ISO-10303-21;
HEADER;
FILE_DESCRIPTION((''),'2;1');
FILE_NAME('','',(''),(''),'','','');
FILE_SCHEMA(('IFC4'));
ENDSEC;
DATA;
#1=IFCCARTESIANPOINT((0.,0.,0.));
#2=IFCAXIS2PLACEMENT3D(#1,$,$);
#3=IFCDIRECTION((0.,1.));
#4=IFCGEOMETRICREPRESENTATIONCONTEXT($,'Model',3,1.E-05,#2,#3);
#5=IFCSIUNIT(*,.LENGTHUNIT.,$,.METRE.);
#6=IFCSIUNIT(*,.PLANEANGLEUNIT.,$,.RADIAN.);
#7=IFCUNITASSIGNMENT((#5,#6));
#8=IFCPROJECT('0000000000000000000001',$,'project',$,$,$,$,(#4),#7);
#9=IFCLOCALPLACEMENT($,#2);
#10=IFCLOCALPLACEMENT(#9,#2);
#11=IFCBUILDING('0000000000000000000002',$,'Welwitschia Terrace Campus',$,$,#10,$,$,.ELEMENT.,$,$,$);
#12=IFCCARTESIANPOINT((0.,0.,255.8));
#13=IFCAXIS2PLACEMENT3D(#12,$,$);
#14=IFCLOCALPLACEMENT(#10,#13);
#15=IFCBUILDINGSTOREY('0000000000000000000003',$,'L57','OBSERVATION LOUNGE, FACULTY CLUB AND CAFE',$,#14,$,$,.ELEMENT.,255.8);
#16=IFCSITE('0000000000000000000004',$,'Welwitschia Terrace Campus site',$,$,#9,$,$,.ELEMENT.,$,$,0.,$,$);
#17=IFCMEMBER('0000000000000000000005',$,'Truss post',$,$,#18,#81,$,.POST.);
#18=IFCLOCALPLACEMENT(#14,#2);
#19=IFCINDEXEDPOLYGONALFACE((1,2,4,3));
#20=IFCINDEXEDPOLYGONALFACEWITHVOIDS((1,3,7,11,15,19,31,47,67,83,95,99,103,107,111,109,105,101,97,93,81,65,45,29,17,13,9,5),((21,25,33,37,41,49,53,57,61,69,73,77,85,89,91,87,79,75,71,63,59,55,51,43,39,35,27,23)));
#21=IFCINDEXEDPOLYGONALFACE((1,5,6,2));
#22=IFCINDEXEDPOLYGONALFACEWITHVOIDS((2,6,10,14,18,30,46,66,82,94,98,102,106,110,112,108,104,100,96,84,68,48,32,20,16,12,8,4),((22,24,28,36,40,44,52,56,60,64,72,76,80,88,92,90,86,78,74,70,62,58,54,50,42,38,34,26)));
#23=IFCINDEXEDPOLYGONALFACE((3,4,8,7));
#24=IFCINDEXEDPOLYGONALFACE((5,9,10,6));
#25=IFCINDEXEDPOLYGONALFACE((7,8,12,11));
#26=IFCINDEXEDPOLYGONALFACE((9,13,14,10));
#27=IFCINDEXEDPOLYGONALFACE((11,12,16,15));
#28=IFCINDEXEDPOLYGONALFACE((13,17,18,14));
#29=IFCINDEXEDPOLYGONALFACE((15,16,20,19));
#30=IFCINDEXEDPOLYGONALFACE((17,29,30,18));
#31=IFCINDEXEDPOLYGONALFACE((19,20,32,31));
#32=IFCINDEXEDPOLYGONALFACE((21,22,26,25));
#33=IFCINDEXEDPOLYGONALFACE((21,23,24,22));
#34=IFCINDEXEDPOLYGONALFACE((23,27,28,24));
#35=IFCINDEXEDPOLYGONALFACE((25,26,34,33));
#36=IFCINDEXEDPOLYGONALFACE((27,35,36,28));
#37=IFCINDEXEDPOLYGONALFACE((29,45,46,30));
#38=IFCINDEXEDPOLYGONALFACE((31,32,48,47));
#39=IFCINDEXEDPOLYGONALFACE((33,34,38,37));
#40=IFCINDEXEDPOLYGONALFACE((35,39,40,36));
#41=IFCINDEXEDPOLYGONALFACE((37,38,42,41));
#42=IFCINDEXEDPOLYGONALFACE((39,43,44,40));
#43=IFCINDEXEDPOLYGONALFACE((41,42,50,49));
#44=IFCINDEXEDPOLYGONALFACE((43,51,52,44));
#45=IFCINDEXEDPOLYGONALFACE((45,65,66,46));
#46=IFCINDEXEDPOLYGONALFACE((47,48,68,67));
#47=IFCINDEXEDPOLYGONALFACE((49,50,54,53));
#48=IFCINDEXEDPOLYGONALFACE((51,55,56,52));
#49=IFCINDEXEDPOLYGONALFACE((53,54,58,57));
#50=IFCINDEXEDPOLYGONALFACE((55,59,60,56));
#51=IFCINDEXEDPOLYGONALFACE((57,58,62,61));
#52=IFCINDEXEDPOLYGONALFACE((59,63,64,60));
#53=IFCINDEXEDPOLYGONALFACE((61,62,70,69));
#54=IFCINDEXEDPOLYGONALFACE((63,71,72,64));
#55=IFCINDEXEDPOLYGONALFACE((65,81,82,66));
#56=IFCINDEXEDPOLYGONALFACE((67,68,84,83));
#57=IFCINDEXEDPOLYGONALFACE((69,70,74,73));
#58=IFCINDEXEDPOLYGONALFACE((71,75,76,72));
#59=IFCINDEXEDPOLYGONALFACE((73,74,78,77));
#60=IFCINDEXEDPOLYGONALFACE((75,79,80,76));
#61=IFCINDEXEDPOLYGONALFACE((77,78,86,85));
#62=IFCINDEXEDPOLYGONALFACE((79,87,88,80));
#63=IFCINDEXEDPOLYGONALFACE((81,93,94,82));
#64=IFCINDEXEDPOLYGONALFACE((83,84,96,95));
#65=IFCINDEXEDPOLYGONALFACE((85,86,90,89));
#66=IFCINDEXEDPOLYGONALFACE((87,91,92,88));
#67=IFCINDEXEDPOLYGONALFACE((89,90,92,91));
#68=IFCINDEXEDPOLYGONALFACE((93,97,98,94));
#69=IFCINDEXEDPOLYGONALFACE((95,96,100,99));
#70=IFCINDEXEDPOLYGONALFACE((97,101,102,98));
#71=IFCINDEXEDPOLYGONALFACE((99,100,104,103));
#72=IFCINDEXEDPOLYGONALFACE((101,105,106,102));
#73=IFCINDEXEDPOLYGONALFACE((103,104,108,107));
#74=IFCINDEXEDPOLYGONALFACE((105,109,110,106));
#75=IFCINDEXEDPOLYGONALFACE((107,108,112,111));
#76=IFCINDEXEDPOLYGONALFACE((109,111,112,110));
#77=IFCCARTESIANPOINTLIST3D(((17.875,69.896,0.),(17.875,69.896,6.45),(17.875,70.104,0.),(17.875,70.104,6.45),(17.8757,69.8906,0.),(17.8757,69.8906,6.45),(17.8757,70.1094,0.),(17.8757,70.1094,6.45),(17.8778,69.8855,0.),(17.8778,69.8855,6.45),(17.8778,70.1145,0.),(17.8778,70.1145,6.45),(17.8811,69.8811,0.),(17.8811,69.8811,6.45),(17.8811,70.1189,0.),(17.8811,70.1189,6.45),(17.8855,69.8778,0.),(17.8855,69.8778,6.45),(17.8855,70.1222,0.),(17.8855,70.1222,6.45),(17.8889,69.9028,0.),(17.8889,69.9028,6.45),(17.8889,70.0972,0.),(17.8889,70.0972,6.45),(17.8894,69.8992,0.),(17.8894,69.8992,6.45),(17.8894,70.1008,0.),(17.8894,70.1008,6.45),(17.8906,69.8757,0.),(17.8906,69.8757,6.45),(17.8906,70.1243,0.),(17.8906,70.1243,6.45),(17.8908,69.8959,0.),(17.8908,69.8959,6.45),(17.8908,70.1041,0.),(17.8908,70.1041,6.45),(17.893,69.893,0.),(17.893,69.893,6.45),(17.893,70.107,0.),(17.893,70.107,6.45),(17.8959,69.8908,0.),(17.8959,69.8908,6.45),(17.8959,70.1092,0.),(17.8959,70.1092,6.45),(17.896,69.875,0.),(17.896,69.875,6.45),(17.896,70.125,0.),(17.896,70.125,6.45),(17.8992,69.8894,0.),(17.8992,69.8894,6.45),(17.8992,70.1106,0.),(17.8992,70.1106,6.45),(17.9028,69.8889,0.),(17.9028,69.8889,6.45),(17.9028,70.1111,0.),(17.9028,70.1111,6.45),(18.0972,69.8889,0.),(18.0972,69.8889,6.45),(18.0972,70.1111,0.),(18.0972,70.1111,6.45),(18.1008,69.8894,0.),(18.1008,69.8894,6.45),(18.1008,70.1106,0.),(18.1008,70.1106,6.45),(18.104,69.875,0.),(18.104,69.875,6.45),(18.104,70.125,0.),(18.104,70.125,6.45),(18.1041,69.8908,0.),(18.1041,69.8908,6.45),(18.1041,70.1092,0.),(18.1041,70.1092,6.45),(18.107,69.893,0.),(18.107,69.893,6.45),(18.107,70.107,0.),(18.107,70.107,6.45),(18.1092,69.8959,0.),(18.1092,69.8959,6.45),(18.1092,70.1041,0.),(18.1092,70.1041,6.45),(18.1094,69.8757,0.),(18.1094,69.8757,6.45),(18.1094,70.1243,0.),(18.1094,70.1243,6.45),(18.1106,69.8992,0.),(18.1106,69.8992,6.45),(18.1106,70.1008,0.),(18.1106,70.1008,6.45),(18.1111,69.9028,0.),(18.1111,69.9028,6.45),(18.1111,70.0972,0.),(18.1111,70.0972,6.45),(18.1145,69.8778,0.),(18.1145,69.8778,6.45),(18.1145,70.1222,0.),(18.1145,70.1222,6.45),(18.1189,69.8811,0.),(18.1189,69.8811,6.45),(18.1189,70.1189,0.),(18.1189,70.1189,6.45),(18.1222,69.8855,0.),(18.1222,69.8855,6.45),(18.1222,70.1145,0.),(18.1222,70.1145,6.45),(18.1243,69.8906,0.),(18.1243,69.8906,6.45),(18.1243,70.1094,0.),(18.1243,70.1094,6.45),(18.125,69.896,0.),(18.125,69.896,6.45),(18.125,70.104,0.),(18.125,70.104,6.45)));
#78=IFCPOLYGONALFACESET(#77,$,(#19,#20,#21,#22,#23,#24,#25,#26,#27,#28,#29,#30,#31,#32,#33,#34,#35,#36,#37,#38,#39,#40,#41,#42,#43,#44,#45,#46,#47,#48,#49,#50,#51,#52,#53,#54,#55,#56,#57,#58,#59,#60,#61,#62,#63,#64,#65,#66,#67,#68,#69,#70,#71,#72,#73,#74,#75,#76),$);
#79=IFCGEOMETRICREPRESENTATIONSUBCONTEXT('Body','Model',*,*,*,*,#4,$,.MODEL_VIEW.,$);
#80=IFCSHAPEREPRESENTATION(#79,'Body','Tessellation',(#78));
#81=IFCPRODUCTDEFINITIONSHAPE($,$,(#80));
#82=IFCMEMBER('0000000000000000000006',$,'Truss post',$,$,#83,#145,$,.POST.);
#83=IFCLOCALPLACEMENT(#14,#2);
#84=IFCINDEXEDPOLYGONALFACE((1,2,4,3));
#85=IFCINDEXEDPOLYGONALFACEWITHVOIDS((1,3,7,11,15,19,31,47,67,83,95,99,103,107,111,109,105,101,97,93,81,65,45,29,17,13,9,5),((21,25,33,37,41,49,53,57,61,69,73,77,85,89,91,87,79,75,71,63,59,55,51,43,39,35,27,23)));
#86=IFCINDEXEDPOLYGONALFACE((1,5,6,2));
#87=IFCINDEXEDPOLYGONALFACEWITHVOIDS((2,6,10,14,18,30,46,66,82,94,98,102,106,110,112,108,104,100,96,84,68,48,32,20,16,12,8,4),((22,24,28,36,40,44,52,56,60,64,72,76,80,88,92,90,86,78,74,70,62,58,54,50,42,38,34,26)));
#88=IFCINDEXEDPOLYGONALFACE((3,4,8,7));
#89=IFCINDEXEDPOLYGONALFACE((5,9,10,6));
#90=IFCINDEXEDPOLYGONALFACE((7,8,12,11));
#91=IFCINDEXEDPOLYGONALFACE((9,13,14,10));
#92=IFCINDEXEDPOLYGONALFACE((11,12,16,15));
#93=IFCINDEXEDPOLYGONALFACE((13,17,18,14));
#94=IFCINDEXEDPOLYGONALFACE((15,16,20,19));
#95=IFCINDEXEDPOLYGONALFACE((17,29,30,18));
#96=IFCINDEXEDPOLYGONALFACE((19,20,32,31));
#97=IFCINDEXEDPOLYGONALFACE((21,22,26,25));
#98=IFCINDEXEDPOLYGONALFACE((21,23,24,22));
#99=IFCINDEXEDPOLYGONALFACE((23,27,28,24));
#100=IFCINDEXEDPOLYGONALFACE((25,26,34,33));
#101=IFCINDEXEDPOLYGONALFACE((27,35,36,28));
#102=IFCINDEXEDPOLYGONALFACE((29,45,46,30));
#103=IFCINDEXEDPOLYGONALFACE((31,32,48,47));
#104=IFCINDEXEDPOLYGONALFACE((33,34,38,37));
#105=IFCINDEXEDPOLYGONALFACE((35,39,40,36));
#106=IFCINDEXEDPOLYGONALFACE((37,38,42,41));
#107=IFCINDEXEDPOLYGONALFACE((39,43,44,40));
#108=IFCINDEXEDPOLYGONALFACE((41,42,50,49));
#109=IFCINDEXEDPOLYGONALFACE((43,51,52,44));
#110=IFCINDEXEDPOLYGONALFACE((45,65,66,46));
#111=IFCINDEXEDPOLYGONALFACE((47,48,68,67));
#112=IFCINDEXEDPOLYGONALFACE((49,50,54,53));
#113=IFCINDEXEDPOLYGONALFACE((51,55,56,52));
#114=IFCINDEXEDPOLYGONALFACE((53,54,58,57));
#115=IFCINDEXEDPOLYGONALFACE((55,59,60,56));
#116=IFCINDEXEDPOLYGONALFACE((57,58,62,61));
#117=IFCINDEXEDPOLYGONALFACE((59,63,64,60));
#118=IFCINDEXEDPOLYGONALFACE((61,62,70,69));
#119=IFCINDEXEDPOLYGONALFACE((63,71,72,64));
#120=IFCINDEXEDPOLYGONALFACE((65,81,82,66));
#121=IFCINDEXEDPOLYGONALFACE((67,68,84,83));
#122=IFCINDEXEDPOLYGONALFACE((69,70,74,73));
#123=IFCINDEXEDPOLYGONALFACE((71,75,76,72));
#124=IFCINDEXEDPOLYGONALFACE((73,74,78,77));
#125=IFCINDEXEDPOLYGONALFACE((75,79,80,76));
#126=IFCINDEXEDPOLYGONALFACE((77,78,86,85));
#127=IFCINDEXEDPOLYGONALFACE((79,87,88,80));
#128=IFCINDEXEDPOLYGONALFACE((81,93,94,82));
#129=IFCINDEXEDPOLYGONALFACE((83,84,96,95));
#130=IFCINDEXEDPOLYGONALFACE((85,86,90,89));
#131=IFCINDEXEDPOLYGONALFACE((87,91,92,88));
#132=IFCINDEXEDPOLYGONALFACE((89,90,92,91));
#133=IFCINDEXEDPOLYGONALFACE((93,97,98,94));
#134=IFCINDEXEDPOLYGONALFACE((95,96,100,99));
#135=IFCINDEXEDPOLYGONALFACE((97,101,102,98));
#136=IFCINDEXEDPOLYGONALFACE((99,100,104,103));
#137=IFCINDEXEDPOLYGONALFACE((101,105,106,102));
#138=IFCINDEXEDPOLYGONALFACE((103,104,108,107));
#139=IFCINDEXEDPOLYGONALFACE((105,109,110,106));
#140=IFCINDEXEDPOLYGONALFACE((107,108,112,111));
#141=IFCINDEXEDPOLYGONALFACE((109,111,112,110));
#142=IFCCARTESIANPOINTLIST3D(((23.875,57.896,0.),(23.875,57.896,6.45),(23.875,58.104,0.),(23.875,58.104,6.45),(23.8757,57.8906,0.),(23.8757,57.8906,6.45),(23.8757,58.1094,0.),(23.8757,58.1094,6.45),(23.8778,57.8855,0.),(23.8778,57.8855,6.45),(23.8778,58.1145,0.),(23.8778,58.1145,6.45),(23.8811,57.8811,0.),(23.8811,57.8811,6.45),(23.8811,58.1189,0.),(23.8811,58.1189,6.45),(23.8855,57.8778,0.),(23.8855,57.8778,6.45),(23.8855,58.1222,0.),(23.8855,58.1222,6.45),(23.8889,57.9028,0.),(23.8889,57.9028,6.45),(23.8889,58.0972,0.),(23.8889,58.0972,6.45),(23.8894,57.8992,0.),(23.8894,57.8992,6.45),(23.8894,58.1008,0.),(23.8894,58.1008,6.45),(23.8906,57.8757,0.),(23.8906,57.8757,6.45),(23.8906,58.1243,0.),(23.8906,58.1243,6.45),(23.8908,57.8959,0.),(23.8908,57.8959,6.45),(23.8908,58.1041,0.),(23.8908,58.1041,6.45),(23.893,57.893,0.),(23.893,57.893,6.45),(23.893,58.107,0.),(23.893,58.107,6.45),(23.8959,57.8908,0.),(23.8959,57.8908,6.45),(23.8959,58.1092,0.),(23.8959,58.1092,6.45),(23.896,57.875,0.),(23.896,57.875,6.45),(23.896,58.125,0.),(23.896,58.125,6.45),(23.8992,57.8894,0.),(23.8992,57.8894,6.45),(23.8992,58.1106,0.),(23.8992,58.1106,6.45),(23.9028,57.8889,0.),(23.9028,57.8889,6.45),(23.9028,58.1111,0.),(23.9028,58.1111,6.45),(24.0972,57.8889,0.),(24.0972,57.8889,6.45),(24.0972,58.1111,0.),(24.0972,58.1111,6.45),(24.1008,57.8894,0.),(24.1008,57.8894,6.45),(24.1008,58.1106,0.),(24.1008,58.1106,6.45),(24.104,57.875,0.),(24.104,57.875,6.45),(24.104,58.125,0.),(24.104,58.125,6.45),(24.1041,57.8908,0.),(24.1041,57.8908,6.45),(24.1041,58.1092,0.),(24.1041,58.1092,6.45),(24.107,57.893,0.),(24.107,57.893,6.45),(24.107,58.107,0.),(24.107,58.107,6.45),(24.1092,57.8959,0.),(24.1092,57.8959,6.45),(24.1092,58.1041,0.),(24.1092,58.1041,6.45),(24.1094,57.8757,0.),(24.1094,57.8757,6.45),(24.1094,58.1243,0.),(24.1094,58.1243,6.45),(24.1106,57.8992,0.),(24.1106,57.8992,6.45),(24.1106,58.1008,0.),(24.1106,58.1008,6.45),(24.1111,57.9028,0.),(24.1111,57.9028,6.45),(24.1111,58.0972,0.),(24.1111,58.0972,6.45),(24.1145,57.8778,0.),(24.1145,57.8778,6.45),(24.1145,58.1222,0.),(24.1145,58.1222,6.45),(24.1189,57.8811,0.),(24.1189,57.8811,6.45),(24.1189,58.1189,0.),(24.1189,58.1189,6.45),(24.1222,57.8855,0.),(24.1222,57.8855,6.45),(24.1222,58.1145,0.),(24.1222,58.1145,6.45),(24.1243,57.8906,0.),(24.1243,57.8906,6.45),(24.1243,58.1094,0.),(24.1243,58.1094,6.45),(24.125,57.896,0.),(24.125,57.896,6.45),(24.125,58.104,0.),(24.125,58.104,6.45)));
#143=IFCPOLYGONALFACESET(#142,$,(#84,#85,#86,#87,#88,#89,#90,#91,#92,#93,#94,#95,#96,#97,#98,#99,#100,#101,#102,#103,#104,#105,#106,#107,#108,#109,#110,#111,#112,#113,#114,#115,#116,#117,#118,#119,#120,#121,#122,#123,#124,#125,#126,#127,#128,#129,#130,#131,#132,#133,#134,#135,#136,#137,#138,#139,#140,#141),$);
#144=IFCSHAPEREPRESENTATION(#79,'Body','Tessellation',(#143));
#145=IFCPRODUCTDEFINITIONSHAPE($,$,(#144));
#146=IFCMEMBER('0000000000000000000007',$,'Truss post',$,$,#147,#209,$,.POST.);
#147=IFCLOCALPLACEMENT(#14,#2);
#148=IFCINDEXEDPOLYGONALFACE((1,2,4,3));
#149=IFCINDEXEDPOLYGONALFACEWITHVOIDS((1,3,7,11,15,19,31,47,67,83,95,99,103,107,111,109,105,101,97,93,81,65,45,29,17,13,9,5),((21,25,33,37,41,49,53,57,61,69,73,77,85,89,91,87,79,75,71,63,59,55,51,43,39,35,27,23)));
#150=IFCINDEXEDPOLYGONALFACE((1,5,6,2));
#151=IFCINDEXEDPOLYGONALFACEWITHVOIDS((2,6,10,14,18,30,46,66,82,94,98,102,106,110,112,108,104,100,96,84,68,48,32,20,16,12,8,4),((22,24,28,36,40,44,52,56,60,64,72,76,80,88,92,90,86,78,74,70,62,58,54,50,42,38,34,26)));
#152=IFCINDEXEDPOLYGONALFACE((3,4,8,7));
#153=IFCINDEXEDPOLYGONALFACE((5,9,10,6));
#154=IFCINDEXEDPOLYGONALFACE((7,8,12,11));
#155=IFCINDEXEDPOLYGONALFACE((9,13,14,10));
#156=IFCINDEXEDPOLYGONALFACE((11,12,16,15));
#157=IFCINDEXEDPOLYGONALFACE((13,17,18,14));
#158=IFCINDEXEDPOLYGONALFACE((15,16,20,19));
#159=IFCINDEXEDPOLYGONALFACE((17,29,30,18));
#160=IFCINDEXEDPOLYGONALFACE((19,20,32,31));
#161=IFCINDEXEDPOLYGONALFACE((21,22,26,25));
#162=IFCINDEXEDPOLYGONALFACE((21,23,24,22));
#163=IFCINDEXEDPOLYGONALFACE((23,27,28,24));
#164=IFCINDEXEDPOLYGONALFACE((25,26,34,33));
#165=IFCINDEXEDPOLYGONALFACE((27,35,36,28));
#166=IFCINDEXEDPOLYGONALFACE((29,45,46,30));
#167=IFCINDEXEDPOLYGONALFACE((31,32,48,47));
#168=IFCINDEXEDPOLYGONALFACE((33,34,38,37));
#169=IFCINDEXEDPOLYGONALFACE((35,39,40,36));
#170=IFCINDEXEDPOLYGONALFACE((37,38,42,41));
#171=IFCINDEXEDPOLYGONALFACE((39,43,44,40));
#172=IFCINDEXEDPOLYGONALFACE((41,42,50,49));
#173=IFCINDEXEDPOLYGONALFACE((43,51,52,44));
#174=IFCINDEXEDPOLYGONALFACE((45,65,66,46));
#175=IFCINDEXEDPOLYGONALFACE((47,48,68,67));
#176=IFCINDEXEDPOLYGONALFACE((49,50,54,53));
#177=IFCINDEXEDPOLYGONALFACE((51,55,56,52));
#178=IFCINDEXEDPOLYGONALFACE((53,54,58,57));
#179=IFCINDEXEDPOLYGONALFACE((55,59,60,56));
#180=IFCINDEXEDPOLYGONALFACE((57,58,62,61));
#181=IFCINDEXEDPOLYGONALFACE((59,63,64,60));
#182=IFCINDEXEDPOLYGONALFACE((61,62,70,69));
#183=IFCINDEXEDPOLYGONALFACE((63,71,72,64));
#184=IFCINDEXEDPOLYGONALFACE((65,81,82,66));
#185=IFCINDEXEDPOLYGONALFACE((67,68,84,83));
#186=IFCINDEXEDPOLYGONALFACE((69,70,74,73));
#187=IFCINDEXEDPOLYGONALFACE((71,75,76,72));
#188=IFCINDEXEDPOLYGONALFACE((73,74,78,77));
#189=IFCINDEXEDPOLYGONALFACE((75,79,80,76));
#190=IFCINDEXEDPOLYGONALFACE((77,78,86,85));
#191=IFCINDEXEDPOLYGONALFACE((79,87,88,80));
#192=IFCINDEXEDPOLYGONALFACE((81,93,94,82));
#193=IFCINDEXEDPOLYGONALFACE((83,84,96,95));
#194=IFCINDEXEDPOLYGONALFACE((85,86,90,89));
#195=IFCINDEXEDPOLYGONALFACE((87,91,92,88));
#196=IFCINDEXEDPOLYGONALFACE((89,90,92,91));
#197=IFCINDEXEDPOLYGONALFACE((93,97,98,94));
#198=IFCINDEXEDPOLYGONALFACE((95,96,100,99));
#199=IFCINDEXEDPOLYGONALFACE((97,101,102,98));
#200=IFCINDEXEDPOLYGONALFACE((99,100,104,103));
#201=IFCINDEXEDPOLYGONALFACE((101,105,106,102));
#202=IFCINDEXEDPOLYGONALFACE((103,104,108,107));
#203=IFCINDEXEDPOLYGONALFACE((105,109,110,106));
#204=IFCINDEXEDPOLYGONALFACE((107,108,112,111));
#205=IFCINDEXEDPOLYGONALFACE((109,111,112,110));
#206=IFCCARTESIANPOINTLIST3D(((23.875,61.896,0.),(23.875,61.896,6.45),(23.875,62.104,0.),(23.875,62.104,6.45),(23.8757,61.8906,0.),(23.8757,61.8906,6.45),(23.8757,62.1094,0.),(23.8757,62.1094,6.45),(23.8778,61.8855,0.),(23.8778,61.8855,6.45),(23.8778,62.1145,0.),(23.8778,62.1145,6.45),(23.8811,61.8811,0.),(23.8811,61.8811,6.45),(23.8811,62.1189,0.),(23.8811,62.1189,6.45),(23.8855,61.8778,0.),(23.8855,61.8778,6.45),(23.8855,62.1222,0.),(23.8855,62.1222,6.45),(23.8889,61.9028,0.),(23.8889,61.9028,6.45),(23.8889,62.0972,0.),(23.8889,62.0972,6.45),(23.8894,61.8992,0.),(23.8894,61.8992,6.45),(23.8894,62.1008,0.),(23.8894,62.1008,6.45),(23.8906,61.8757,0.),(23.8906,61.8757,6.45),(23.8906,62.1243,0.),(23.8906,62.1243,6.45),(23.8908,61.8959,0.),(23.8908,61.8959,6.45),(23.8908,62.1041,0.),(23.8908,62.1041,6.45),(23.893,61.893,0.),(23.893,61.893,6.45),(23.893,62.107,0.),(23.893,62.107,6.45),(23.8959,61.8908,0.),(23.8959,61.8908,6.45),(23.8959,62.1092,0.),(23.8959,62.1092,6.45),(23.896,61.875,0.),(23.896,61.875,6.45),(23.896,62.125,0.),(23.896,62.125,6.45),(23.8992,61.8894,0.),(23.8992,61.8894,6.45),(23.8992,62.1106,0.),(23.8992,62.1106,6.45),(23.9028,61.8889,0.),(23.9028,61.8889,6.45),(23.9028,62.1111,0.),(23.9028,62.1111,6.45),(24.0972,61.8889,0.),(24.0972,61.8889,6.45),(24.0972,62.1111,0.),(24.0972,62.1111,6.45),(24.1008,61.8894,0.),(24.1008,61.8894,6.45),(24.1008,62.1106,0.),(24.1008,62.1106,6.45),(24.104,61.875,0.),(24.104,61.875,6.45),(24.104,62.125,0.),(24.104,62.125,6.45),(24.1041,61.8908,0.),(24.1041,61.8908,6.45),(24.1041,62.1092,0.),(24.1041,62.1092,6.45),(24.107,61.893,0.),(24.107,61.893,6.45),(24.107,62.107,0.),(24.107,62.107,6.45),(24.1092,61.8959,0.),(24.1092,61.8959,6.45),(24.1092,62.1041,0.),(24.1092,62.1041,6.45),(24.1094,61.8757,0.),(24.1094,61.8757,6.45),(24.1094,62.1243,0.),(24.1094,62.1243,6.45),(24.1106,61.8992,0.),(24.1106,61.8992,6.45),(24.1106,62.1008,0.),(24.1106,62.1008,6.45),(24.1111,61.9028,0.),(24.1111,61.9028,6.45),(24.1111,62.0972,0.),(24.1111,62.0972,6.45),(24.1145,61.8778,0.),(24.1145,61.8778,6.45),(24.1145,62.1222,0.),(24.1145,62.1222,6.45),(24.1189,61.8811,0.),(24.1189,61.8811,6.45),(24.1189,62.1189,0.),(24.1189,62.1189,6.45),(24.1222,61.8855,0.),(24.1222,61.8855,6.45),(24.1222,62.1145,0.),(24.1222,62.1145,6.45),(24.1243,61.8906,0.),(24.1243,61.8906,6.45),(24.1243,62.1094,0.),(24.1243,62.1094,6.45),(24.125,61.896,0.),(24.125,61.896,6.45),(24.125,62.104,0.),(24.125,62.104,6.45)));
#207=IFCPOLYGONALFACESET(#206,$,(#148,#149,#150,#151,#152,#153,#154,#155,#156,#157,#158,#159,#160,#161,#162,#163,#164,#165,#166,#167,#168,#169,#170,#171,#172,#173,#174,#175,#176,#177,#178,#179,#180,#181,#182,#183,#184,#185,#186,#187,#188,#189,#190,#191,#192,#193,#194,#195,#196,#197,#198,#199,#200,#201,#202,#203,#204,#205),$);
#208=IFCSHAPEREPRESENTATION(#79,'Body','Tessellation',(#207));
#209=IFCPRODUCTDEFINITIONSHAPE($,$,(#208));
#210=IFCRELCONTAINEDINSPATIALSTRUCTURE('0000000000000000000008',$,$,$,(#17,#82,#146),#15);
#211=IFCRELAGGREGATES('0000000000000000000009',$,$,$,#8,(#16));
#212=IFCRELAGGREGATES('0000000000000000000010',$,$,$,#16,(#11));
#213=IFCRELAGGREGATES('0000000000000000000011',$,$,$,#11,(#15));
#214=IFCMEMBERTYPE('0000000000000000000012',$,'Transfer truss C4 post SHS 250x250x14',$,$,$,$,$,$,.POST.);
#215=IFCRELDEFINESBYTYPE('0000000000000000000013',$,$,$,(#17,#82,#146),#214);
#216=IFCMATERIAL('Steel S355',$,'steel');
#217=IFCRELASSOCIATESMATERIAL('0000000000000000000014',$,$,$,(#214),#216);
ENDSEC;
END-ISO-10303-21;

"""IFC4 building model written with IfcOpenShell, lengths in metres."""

from ifc_helpers import new_model, si_unit, direction, frame, origin, origin_2d, place, context, subcontext, project, spatial, hollow_rectangle, extrude, material, material_profile, profile_set, type_object, element, save


model = new_model("IFC4")

# Units and contexts
model_context = context("Model", 3, precision=1e-05, world=origin(), true_north=direction((0.0, 1.0)))
body_context = subcontext(model_context, "Body", "Model", "MODEL_VIEW")
ifc_project = project(units=[si_unit("LENGTHUNIT", "METRE"), si_unit("PLANEANGLEUNIT", "RADIAN")], contexts=[model_context])

# Site, building, storey
site_placement = place(None, origin())
site = spatial("IfcSite", under=ifc_project, at=site_placement, Name="Welwitschia Terrace Campus site", CompositionType="ELEMENT", RefElevation=0.0)
building_placement = place(site_placement, origin())
building = spatial("IfcBuilding", under=site, at=building_placement, Name="Welwitschia Terrace Campus", CompositionType="ELEMENT")
storey_placement = place(building_placement, frame((0.0, 0.0, 255.8)))
storey = spatial("IfcBuildingStorey", under=building, at=storey_placement, Name="L57", Description="OBSERVATION LOUNGE, FACULTY CLUB AND CAFE", CompositionType="ELEMENT", Elevation=255.8)

# Members
ifc_material_1 = material(Name="Steel S355", Category="steel")
ifc_material_profile_1 = material_profile(ifc_material_1, hollow_rectangle(XDim=0.25, YDim=0.25, WallThickness=0.0139, InnerFilletRadius=0.0139, OuterFilletRadius=0.021, at=origin_2d()))
ifc_profile_set_1 = profile_set([ifc_material_profile_1], Name="Steel S355")
member_type_1 = type_object("IfcMemberType", Name="Transfer truss C4 post SHS 250x250x14", PredefinedType="POST", material=ifc_profile_set_1)
for number, where, z_axis, x_axis, name in (
    (1, (18.0, 70.0, 0.0), (0.0, 0.0, 1.0), (1.0, 0.0, 0.0), "Truss post"),
    (2, (24.0, 58.0, 0.0), (0.0, 0.0, 1.0), (1.0, 0.0, 0.0), "Truss post"),
    (3, (24.0, 62.0, 0.0), (0.0, 0.0, 1.0), (1.0, 0.0, 0.0), "Truss post"),
):
    element("IfcMember", number, at=place(storey_placement, frame(where, z_axis=z_axis, x_axis=x_axis)), inside=storey, type_object=member_type_1, Name=name, PredefinedType="POST", context=body_context, shape_type="SweptSolid", body=[
        extrude(hollow_rectangle(XDim=0.25, YDim=0.25, WallThickness=0.0139, InnerFilletRadius=0.0139, OuterFilletRadius=0.021, at=origin_2d()), origin(), (0.0, 0.0, 1.0), 6.45),
    ])

save(model, "model.ifc")
